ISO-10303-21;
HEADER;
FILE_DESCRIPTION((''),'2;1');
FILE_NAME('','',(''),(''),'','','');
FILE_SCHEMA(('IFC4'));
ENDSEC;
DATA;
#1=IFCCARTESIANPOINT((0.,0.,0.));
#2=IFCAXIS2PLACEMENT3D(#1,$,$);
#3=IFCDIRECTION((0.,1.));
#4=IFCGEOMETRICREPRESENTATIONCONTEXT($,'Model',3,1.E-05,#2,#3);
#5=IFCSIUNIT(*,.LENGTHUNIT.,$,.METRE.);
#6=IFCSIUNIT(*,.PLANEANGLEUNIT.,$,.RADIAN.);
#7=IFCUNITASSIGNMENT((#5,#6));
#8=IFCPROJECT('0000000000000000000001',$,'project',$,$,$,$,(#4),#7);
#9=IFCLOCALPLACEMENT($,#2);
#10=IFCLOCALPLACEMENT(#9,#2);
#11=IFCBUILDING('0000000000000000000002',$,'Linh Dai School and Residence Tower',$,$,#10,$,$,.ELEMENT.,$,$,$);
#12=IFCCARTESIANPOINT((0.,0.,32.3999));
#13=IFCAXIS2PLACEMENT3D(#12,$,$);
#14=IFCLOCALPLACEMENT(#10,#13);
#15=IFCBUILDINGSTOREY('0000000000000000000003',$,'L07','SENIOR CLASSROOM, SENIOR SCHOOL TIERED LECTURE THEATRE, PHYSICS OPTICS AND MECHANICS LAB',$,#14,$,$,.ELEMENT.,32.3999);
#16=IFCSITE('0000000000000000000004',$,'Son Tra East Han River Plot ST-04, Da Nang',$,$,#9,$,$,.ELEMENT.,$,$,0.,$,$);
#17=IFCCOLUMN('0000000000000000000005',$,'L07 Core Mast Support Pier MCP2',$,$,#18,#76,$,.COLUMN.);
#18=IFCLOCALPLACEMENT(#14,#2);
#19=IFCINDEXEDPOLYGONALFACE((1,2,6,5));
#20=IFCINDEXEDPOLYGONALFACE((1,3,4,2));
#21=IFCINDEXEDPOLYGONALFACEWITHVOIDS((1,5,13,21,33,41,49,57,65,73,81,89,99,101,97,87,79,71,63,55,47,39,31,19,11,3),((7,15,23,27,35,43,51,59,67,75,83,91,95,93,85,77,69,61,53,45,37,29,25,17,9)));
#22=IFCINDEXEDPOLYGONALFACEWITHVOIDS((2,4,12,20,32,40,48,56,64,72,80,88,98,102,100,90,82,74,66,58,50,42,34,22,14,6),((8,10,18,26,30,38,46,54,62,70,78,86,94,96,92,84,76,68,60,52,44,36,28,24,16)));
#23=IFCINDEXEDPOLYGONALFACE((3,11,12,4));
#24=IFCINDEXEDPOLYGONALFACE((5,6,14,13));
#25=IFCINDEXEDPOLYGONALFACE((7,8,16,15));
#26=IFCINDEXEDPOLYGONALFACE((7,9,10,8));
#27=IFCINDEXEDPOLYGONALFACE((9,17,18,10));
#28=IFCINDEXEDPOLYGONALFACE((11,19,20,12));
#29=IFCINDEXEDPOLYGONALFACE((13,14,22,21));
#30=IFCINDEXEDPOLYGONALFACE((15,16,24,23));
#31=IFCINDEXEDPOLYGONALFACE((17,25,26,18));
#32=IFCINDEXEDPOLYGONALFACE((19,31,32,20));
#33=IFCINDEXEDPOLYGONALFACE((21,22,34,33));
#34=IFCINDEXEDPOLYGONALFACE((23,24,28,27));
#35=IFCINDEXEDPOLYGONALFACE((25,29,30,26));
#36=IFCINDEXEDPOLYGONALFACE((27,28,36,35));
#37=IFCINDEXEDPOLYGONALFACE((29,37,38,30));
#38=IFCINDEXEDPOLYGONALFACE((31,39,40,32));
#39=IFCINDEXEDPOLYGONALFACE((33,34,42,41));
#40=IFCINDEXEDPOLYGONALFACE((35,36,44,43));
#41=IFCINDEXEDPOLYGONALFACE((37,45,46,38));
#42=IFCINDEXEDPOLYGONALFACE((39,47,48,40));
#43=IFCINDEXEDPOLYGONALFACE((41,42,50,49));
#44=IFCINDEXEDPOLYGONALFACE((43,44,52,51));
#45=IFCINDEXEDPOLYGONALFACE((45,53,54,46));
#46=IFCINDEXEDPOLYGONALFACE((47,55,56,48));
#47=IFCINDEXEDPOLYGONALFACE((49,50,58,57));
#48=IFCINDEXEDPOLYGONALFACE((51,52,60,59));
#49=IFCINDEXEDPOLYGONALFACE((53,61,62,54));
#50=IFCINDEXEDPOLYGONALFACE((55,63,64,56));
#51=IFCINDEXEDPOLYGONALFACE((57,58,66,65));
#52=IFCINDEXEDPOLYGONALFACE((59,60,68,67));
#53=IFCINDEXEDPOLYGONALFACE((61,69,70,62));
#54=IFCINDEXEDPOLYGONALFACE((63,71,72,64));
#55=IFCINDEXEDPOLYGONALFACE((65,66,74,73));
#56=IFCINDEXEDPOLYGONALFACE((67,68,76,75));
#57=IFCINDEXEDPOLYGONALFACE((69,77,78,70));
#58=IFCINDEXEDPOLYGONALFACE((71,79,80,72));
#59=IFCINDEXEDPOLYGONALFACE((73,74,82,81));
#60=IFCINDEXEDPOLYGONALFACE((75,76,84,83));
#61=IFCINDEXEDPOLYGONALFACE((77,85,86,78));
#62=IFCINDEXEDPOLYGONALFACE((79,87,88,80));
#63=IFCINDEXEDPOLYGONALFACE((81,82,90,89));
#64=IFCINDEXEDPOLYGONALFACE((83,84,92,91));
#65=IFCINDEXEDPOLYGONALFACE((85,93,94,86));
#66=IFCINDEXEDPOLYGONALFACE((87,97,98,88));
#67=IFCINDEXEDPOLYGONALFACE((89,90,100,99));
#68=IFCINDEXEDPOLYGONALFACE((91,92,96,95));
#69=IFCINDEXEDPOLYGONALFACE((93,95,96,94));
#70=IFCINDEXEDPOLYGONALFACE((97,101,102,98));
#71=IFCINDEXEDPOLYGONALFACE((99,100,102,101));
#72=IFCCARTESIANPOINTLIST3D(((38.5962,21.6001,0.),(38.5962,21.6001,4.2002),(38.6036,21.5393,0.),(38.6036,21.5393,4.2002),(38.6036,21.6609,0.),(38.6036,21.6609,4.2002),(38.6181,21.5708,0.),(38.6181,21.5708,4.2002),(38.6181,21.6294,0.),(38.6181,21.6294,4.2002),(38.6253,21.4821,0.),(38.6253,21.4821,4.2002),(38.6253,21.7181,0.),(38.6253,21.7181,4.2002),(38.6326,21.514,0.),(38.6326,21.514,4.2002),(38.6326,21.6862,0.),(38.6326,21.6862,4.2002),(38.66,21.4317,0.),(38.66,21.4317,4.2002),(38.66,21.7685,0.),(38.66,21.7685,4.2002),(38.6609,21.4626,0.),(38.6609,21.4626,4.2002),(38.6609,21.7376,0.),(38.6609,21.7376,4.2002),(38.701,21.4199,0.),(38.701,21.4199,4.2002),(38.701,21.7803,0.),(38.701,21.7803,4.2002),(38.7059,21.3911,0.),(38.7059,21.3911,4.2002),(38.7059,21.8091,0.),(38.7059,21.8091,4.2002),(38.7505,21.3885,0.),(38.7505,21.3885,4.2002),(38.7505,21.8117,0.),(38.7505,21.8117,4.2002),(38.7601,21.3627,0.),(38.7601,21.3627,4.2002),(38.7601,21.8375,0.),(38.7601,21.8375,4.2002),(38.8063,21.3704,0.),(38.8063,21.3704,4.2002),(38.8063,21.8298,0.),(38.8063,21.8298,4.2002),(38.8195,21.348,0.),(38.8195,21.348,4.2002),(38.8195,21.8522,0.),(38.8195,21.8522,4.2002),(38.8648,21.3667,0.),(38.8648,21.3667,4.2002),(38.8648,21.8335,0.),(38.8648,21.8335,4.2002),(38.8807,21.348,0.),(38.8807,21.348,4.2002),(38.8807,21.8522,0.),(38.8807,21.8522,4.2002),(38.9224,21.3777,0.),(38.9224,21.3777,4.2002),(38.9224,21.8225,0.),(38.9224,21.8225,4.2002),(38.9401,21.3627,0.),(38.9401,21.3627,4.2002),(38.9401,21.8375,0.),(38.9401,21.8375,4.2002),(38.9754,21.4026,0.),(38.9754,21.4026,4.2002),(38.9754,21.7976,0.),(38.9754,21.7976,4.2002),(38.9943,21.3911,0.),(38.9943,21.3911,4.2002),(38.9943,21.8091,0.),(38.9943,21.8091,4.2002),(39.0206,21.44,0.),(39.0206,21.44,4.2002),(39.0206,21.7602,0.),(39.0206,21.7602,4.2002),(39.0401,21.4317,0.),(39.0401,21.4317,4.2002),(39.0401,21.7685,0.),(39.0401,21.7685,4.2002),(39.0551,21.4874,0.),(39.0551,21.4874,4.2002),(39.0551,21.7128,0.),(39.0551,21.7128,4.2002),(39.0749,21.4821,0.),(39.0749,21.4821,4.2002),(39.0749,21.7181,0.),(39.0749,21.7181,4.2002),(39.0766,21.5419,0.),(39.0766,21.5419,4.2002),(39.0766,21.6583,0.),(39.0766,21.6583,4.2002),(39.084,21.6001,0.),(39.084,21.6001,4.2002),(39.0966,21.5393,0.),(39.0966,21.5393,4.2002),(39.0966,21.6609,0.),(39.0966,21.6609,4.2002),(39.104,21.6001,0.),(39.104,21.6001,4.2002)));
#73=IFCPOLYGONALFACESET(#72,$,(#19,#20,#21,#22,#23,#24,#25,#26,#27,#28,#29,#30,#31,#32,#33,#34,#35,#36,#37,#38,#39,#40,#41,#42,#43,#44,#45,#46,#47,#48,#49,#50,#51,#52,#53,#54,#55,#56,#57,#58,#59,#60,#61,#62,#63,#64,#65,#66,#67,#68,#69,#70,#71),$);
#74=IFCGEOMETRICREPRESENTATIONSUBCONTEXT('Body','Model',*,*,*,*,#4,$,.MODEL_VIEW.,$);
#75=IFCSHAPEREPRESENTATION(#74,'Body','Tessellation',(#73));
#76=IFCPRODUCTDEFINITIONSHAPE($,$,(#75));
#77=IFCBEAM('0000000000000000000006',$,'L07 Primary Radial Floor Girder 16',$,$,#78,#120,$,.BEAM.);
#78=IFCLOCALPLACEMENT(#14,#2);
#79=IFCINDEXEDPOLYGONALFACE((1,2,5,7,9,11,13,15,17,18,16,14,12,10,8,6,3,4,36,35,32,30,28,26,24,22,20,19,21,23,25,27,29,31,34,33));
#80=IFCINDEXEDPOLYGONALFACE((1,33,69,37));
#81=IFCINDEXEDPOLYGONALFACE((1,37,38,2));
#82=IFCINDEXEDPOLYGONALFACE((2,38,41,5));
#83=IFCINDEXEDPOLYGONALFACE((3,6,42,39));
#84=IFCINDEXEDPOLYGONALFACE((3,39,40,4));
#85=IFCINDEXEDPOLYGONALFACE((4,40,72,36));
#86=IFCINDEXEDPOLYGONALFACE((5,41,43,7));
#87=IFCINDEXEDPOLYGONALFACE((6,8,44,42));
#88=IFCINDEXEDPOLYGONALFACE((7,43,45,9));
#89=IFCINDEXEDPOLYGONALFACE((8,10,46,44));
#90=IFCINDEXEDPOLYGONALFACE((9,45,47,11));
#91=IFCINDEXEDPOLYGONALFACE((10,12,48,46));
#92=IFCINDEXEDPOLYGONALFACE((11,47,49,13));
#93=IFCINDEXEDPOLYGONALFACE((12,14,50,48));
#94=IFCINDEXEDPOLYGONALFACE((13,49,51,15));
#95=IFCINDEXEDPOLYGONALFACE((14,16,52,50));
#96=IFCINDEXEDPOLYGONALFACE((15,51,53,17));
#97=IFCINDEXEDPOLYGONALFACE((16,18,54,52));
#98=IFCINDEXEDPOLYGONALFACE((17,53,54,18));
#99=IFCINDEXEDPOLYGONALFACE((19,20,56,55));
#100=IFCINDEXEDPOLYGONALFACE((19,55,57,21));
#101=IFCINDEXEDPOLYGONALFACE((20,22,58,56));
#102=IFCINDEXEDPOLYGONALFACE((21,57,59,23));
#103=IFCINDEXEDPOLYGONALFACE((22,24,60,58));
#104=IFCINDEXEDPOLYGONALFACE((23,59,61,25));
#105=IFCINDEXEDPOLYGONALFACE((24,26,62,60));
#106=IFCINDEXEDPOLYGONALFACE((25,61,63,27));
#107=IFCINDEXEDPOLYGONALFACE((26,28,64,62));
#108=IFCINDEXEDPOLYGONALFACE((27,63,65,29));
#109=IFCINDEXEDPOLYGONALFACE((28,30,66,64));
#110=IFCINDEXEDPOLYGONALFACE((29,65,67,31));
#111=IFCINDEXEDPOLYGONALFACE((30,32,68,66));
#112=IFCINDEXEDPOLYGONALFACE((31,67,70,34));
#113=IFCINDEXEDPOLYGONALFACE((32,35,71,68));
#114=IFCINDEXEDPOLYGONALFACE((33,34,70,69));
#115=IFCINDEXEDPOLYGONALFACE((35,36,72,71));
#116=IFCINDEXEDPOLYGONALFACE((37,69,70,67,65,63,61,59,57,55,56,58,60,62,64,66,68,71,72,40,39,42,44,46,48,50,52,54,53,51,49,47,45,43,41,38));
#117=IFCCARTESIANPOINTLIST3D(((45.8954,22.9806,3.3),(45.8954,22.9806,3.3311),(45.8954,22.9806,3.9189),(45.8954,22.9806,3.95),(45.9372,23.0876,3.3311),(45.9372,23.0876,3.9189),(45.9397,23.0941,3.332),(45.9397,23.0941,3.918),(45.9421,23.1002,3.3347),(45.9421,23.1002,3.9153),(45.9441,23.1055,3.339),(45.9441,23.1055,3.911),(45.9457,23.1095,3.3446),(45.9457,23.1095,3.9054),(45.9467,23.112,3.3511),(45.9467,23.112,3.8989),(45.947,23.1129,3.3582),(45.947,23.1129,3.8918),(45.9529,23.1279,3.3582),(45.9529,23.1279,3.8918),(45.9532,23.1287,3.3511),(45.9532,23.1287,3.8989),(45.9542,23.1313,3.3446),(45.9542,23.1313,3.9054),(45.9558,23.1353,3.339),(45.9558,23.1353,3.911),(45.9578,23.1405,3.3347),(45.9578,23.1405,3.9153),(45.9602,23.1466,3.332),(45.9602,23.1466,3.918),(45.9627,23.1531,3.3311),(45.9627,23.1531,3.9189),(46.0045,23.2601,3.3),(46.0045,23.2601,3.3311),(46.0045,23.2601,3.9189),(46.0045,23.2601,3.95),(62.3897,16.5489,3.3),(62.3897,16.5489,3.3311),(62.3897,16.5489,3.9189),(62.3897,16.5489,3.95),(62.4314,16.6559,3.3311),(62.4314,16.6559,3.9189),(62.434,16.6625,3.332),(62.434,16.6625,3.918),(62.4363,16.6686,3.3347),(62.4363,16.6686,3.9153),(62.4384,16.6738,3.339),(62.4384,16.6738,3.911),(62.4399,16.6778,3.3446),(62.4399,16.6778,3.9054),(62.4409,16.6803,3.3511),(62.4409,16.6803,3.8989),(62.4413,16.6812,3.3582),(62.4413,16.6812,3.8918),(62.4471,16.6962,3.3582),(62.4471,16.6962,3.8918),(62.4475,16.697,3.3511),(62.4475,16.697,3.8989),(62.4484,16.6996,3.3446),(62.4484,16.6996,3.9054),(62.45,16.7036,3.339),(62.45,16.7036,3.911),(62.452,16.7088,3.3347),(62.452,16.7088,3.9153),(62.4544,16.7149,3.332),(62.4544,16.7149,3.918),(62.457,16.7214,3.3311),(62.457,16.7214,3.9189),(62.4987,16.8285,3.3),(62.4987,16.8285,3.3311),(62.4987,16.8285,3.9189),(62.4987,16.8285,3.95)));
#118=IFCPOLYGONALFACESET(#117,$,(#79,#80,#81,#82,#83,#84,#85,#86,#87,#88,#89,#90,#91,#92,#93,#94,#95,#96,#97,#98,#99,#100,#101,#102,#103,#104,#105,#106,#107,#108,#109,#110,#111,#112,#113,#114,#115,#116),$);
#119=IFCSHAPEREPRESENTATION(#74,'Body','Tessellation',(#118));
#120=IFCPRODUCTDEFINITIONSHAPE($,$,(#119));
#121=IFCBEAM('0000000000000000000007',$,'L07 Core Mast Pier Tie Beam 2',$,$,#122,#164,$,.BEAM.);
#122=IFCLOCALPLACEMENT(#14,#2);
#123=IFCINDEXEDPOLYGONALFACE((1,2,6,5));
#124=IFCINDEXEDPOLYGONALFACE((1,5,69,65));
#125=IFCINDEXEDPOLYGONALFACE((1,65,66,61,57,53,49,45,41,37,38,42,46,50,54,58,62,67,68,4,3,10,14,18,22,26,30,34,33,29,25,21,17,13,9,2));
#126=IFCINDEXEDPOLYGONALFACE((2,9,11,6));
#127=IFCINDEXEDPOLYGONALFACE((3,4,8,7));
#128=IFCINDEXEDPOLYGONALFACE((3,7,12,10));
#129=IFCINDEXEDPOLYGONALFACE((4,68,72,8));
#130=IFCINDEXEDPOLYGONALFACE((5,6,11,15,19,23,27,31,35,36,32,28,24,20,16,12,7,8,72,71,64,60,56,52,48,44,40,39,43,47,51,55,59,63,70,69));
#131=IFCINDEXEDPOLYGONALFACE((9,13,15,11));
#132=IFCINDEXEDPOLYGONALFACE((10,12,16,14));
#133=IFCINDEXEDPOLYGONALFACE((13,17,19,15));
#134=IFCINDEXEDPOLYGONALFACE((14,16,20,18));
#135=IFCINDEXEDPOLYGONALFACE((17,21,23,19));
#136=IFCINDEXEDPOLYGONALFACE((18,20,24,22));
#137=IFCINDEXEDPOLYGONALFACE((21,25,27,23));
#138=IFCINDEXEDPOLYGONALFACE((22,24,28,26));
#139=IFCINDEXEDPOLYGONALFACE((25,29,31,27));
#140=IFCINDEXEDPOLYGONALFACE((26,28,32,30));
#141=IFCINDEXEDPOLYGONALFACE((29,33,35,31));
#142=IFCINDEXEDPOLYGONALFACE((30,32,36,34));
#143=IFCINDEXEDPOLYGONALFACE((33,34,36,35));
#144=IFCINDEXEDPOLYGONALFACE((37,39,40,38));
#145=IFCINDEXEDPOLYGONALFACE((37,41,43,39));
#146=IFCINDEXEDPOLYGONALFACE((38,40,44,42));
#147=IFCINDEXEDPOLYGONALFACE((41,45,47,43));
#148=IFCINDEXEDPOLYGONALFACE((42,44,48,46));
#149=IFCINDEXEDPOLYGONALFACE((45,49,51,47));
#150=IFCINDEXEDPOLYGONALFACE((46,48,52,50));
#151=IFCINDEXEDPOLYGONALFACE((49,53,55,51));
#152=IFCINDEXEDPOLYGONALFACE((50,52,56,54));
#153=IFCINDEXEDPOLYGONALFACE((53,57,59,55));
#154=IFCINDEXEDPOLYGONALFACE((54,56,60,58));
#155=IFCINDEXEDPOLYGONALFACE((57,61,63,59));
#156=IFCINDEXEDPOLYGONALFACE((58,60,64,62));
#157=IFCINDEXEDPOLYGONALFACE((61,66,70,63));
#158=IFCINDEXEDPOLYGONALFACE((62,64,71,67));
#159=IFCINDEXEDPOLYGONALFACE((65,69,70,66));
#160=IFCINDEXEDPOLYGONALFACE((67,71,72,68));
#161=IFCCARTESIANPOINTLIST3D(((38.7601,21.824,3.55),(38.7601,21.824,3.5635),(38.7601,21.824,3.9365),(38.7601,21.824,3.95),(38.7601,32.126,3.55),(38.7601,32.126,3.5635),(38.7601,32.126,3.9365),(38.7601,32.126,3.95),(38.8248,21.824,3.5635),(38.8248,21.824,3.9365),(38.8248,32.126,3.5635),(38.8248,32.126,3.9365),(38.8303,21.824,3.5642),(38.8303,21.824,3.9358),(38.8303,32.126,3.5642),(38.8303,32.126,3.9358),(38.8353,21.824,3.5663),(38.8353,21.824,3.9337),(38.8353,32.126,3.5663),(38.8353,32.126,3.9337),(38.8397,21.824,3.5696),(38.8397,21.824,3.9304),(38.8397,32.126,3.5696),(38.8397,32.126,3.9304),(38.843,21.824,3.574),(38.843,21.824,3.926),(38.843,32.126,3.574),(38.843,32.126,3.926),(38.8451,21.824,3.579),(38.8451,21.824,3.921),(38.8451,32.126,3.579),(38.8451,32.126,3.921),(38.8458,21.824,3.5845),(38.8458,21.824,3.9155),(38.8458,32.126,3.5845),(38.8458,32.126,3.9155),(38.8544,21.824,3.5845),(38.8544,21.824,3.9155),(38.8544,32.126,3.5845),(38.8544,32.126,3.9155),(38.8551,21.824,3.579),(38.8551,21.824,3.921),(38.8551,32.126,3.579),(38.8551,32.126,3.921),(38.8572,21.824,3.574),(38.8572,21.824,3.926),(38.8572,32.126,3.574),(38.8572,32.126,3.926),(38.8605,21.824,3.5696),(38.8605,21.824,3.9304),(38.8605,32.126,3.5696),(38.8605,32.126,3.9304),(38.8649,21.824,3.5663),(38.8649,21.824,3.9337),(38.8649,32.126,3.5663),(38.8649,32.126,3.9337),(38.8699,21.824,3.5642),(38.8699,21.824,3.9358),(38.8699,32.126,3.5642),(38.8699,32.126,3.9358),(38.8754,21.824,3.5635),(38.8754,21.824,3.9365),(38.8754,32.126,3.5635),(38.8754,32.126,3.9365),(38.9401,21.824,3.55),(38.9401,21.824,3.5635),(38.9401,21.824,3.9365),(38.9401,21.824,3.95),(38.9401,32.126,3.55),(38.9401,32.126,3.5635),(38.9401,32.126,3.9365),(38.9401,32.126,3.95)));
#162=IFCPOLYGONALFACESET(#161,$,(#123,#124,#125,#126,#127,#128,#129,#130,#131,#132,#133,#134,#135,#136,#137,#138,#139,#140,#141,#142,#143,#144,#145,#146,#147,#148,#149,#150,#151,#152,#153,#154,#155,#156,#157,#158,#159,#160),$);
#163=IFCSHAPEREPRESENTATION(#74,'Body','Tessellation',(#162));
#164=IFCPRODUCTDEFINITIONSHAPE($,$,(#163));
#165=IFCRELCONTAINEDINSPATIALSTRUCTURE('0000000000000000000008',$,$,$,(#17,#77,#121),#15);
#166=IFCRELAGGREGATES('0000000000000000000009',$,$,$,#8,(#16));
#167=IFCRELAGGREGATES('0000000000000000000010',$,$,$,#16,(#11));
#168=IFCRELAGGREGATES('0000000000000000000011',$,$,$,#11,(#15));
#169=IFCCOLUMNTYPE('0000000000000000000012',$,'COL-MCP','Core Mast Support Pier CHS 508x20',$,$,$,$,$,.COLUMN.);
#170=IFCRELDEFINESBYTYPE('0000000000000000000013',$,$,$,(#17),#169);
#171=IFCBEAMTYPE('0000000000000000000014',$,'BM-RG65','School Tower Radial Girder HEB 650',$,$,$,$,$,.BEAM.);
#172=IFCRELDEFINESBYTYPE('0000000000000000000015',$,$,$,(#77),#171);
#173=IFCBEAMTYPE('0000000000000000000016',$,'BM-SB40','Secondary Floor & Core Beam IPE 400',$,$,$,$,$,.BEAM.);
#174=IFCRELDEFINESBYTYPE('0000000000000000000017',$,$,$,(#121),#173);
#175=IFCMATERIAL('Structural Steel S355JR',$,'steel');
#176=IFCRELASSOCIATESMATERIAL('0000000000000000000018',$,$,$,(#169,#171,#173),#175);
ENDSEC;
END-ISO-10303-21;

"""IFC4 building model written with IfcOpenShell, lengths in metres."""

from ifc_helpers import new_model, si_unit, direction, frame, origin, origin_2d, place, context, subcontext, project, spatial, hollow_circle, i_section, extrude, material, material_profile, profile_set, type_object, element, save


model = new_model("IFC4")

# Units and contexts
model_context = context("Model", 3, precision=1e-05, world=origin(), true_north=direction((0.0, 1.0)))
body_context = subcontext(model_context, "Body", "Model", "MODEL_VIEW")
ifc_project = project(units=[si_unit("LENGTHUNIT", "METRE"), si_unit("PLANEANGLEUNIT", "RADIAN")], contexts=[model_context])

# Site, building, storey
site_placement = place(None, origin())
site = spatial("IfcSite", under=ifc_project, at=site_placement, Name="Son Tra East Han River Plot ST-04, Da Nang", CompositionType="ELEMENT", RefElevation=0.0)
building_placement = place(site_placement, origin())
building = spatial("IfcBuilding", under=site, at=building_placement, Name="Linh Dai School and Residence Tower", CompositionType="ELEMENT")
storey_placement = place(building_placement, frame((0.0, 0.0, 32.3999)))
storey = spatial("IfcBuildingStorey", under=building, at=storey_placement, Name="L07", Description="SENIOR CLASSROOM, SENIOR SCHOOL TIERED LECTURE THEATRE, PHYSICS OPTICS AND MECHANICS LAB", CompositionType="ELEMENT", Elevation=32.3999)

# Column
ifc_material_1 = material(Name="Structural Steel S355JR", Category="steel")
ifc_material_profile_1 = material_profile(ifc_material_1, hollow_circle(Radius=0.2539, WallThickness=0.02, at=origin_2d()), Name="CHS 508x20")
ifc_profile_set_1 = profile_set([ifc_material_profile_1], Name="Structural Steel S355JR")
column_type_1 = type_object("IfcColumnType", Name="COL-MCP", Description="Core Mast Support Pier CHS 508x20", PredefinedType="COLUMN", material=ifc_profile_set_1)
column_placement = place(storey_placement, frame((38.8501, 21.6001, 0.0), z_axis=(0.0, 0.0, 1.0), x_axis=(1.0, 0.0, 0.0)))
element("IfcColumn", 1, at=column_placement, inside=storey, type_object=column_type_1, Name="L07 Core Mast Support Pier MCP2", PredefinedType="COLUMN", context=body_context, shape_type="SweptSolid", body=[
    extrude(hollow_circle(Radius=0.2539, WallThickness=0.02, at=origin_2d()), origin(), (0.0, 0.0, 1.0), 4.2002),
])

# Beams
ifc_material_profile_2 = material_profile(ifc_material_1, i_section(OverallWidth=0.3, OverallDepth=0.6499, WebThickness=0.0161, FlangeThickness=0.031, FilletRadius=0.0271, at=origin_2d()), Name="HEB 650")
ifc_profile_set_2 = profile_set([ifc_material_profile_2], Name="Structural Steel S355JR")
beam_type_1 = type_object("IfcBeamType", Name="BM-RG65", Description="School Tower Radial Girder HEB 650", PredefinedType="BEAM", material=ifc_profile_set_2)
beam_1_placement = place(storey_placement, frame((45.95, 23.1204, 3.625), z_axis=(0.931675, -0.363293, 0.0), x_axis=(0.363293, 0.931675, 0.0)))
element("IfcBeam", 2, at=beam_1_placement, inside=storey, type_object=beam_type_1, Name="L07 Primary Radial Floor Girder 16", PredefinedType="BEAM", context=body_context, shape_type="SweptSolid", body=[
    extrude(i_section(OverallWidth=0.3, OverallDepth=0.6499, WebThickness=0.0161, FlangeThickness=0.031, FilletRadius=0.0271, at=origin_2d()), origin(), (0.0, 0.0, 1.0), 17.7039),
])
ifc_material_profile_3 = material_profile(ifc_material_1, i_section(OverallWidth=0.1799, OverallDepth=0.3999, WebThickness=0.0085, FlangeThickness=0.0134, FilletRadius=0.021, at=origin_2d()), Name="IPE 400")
ifc_profile_set_3 = profile_set([ifc_material_profile_3], Name="Structural Steel S355JR")
beam_type_2 = type_object("IfcBeamType", Name="BM-SB40", Description="Secondary Floor & Core Beam IPE 400", PredefinedType="BEAM", material=ifc_profile_set_3)
beam_2_placement = place(storey_placement, frame((38.8501, 21.824, 3.75), z_axis=(0.0, 1.0, 0.0), x_axis=(-1.0, 0.0, 0.0)))
element("IfcBeam", 3, at=beam_2_placement, inside=storey, type_object=beam_type_2, Name="L07 Core Mast Pier Tie Beam 2", PredefinedType="BEAM", context=body_context, shape_type="SweptSolid", body=[
    extrude(i_section(OverallWidth=0.1799, OverallDepth=0.3999, WebThickness=0.0085, FlangeThickness=0.0134, FilletRadius=0.021, at=origin_2d()), origin(), (0.0, 0.0, 1.0), 10.302),
])

save(model, "model.ifc")
